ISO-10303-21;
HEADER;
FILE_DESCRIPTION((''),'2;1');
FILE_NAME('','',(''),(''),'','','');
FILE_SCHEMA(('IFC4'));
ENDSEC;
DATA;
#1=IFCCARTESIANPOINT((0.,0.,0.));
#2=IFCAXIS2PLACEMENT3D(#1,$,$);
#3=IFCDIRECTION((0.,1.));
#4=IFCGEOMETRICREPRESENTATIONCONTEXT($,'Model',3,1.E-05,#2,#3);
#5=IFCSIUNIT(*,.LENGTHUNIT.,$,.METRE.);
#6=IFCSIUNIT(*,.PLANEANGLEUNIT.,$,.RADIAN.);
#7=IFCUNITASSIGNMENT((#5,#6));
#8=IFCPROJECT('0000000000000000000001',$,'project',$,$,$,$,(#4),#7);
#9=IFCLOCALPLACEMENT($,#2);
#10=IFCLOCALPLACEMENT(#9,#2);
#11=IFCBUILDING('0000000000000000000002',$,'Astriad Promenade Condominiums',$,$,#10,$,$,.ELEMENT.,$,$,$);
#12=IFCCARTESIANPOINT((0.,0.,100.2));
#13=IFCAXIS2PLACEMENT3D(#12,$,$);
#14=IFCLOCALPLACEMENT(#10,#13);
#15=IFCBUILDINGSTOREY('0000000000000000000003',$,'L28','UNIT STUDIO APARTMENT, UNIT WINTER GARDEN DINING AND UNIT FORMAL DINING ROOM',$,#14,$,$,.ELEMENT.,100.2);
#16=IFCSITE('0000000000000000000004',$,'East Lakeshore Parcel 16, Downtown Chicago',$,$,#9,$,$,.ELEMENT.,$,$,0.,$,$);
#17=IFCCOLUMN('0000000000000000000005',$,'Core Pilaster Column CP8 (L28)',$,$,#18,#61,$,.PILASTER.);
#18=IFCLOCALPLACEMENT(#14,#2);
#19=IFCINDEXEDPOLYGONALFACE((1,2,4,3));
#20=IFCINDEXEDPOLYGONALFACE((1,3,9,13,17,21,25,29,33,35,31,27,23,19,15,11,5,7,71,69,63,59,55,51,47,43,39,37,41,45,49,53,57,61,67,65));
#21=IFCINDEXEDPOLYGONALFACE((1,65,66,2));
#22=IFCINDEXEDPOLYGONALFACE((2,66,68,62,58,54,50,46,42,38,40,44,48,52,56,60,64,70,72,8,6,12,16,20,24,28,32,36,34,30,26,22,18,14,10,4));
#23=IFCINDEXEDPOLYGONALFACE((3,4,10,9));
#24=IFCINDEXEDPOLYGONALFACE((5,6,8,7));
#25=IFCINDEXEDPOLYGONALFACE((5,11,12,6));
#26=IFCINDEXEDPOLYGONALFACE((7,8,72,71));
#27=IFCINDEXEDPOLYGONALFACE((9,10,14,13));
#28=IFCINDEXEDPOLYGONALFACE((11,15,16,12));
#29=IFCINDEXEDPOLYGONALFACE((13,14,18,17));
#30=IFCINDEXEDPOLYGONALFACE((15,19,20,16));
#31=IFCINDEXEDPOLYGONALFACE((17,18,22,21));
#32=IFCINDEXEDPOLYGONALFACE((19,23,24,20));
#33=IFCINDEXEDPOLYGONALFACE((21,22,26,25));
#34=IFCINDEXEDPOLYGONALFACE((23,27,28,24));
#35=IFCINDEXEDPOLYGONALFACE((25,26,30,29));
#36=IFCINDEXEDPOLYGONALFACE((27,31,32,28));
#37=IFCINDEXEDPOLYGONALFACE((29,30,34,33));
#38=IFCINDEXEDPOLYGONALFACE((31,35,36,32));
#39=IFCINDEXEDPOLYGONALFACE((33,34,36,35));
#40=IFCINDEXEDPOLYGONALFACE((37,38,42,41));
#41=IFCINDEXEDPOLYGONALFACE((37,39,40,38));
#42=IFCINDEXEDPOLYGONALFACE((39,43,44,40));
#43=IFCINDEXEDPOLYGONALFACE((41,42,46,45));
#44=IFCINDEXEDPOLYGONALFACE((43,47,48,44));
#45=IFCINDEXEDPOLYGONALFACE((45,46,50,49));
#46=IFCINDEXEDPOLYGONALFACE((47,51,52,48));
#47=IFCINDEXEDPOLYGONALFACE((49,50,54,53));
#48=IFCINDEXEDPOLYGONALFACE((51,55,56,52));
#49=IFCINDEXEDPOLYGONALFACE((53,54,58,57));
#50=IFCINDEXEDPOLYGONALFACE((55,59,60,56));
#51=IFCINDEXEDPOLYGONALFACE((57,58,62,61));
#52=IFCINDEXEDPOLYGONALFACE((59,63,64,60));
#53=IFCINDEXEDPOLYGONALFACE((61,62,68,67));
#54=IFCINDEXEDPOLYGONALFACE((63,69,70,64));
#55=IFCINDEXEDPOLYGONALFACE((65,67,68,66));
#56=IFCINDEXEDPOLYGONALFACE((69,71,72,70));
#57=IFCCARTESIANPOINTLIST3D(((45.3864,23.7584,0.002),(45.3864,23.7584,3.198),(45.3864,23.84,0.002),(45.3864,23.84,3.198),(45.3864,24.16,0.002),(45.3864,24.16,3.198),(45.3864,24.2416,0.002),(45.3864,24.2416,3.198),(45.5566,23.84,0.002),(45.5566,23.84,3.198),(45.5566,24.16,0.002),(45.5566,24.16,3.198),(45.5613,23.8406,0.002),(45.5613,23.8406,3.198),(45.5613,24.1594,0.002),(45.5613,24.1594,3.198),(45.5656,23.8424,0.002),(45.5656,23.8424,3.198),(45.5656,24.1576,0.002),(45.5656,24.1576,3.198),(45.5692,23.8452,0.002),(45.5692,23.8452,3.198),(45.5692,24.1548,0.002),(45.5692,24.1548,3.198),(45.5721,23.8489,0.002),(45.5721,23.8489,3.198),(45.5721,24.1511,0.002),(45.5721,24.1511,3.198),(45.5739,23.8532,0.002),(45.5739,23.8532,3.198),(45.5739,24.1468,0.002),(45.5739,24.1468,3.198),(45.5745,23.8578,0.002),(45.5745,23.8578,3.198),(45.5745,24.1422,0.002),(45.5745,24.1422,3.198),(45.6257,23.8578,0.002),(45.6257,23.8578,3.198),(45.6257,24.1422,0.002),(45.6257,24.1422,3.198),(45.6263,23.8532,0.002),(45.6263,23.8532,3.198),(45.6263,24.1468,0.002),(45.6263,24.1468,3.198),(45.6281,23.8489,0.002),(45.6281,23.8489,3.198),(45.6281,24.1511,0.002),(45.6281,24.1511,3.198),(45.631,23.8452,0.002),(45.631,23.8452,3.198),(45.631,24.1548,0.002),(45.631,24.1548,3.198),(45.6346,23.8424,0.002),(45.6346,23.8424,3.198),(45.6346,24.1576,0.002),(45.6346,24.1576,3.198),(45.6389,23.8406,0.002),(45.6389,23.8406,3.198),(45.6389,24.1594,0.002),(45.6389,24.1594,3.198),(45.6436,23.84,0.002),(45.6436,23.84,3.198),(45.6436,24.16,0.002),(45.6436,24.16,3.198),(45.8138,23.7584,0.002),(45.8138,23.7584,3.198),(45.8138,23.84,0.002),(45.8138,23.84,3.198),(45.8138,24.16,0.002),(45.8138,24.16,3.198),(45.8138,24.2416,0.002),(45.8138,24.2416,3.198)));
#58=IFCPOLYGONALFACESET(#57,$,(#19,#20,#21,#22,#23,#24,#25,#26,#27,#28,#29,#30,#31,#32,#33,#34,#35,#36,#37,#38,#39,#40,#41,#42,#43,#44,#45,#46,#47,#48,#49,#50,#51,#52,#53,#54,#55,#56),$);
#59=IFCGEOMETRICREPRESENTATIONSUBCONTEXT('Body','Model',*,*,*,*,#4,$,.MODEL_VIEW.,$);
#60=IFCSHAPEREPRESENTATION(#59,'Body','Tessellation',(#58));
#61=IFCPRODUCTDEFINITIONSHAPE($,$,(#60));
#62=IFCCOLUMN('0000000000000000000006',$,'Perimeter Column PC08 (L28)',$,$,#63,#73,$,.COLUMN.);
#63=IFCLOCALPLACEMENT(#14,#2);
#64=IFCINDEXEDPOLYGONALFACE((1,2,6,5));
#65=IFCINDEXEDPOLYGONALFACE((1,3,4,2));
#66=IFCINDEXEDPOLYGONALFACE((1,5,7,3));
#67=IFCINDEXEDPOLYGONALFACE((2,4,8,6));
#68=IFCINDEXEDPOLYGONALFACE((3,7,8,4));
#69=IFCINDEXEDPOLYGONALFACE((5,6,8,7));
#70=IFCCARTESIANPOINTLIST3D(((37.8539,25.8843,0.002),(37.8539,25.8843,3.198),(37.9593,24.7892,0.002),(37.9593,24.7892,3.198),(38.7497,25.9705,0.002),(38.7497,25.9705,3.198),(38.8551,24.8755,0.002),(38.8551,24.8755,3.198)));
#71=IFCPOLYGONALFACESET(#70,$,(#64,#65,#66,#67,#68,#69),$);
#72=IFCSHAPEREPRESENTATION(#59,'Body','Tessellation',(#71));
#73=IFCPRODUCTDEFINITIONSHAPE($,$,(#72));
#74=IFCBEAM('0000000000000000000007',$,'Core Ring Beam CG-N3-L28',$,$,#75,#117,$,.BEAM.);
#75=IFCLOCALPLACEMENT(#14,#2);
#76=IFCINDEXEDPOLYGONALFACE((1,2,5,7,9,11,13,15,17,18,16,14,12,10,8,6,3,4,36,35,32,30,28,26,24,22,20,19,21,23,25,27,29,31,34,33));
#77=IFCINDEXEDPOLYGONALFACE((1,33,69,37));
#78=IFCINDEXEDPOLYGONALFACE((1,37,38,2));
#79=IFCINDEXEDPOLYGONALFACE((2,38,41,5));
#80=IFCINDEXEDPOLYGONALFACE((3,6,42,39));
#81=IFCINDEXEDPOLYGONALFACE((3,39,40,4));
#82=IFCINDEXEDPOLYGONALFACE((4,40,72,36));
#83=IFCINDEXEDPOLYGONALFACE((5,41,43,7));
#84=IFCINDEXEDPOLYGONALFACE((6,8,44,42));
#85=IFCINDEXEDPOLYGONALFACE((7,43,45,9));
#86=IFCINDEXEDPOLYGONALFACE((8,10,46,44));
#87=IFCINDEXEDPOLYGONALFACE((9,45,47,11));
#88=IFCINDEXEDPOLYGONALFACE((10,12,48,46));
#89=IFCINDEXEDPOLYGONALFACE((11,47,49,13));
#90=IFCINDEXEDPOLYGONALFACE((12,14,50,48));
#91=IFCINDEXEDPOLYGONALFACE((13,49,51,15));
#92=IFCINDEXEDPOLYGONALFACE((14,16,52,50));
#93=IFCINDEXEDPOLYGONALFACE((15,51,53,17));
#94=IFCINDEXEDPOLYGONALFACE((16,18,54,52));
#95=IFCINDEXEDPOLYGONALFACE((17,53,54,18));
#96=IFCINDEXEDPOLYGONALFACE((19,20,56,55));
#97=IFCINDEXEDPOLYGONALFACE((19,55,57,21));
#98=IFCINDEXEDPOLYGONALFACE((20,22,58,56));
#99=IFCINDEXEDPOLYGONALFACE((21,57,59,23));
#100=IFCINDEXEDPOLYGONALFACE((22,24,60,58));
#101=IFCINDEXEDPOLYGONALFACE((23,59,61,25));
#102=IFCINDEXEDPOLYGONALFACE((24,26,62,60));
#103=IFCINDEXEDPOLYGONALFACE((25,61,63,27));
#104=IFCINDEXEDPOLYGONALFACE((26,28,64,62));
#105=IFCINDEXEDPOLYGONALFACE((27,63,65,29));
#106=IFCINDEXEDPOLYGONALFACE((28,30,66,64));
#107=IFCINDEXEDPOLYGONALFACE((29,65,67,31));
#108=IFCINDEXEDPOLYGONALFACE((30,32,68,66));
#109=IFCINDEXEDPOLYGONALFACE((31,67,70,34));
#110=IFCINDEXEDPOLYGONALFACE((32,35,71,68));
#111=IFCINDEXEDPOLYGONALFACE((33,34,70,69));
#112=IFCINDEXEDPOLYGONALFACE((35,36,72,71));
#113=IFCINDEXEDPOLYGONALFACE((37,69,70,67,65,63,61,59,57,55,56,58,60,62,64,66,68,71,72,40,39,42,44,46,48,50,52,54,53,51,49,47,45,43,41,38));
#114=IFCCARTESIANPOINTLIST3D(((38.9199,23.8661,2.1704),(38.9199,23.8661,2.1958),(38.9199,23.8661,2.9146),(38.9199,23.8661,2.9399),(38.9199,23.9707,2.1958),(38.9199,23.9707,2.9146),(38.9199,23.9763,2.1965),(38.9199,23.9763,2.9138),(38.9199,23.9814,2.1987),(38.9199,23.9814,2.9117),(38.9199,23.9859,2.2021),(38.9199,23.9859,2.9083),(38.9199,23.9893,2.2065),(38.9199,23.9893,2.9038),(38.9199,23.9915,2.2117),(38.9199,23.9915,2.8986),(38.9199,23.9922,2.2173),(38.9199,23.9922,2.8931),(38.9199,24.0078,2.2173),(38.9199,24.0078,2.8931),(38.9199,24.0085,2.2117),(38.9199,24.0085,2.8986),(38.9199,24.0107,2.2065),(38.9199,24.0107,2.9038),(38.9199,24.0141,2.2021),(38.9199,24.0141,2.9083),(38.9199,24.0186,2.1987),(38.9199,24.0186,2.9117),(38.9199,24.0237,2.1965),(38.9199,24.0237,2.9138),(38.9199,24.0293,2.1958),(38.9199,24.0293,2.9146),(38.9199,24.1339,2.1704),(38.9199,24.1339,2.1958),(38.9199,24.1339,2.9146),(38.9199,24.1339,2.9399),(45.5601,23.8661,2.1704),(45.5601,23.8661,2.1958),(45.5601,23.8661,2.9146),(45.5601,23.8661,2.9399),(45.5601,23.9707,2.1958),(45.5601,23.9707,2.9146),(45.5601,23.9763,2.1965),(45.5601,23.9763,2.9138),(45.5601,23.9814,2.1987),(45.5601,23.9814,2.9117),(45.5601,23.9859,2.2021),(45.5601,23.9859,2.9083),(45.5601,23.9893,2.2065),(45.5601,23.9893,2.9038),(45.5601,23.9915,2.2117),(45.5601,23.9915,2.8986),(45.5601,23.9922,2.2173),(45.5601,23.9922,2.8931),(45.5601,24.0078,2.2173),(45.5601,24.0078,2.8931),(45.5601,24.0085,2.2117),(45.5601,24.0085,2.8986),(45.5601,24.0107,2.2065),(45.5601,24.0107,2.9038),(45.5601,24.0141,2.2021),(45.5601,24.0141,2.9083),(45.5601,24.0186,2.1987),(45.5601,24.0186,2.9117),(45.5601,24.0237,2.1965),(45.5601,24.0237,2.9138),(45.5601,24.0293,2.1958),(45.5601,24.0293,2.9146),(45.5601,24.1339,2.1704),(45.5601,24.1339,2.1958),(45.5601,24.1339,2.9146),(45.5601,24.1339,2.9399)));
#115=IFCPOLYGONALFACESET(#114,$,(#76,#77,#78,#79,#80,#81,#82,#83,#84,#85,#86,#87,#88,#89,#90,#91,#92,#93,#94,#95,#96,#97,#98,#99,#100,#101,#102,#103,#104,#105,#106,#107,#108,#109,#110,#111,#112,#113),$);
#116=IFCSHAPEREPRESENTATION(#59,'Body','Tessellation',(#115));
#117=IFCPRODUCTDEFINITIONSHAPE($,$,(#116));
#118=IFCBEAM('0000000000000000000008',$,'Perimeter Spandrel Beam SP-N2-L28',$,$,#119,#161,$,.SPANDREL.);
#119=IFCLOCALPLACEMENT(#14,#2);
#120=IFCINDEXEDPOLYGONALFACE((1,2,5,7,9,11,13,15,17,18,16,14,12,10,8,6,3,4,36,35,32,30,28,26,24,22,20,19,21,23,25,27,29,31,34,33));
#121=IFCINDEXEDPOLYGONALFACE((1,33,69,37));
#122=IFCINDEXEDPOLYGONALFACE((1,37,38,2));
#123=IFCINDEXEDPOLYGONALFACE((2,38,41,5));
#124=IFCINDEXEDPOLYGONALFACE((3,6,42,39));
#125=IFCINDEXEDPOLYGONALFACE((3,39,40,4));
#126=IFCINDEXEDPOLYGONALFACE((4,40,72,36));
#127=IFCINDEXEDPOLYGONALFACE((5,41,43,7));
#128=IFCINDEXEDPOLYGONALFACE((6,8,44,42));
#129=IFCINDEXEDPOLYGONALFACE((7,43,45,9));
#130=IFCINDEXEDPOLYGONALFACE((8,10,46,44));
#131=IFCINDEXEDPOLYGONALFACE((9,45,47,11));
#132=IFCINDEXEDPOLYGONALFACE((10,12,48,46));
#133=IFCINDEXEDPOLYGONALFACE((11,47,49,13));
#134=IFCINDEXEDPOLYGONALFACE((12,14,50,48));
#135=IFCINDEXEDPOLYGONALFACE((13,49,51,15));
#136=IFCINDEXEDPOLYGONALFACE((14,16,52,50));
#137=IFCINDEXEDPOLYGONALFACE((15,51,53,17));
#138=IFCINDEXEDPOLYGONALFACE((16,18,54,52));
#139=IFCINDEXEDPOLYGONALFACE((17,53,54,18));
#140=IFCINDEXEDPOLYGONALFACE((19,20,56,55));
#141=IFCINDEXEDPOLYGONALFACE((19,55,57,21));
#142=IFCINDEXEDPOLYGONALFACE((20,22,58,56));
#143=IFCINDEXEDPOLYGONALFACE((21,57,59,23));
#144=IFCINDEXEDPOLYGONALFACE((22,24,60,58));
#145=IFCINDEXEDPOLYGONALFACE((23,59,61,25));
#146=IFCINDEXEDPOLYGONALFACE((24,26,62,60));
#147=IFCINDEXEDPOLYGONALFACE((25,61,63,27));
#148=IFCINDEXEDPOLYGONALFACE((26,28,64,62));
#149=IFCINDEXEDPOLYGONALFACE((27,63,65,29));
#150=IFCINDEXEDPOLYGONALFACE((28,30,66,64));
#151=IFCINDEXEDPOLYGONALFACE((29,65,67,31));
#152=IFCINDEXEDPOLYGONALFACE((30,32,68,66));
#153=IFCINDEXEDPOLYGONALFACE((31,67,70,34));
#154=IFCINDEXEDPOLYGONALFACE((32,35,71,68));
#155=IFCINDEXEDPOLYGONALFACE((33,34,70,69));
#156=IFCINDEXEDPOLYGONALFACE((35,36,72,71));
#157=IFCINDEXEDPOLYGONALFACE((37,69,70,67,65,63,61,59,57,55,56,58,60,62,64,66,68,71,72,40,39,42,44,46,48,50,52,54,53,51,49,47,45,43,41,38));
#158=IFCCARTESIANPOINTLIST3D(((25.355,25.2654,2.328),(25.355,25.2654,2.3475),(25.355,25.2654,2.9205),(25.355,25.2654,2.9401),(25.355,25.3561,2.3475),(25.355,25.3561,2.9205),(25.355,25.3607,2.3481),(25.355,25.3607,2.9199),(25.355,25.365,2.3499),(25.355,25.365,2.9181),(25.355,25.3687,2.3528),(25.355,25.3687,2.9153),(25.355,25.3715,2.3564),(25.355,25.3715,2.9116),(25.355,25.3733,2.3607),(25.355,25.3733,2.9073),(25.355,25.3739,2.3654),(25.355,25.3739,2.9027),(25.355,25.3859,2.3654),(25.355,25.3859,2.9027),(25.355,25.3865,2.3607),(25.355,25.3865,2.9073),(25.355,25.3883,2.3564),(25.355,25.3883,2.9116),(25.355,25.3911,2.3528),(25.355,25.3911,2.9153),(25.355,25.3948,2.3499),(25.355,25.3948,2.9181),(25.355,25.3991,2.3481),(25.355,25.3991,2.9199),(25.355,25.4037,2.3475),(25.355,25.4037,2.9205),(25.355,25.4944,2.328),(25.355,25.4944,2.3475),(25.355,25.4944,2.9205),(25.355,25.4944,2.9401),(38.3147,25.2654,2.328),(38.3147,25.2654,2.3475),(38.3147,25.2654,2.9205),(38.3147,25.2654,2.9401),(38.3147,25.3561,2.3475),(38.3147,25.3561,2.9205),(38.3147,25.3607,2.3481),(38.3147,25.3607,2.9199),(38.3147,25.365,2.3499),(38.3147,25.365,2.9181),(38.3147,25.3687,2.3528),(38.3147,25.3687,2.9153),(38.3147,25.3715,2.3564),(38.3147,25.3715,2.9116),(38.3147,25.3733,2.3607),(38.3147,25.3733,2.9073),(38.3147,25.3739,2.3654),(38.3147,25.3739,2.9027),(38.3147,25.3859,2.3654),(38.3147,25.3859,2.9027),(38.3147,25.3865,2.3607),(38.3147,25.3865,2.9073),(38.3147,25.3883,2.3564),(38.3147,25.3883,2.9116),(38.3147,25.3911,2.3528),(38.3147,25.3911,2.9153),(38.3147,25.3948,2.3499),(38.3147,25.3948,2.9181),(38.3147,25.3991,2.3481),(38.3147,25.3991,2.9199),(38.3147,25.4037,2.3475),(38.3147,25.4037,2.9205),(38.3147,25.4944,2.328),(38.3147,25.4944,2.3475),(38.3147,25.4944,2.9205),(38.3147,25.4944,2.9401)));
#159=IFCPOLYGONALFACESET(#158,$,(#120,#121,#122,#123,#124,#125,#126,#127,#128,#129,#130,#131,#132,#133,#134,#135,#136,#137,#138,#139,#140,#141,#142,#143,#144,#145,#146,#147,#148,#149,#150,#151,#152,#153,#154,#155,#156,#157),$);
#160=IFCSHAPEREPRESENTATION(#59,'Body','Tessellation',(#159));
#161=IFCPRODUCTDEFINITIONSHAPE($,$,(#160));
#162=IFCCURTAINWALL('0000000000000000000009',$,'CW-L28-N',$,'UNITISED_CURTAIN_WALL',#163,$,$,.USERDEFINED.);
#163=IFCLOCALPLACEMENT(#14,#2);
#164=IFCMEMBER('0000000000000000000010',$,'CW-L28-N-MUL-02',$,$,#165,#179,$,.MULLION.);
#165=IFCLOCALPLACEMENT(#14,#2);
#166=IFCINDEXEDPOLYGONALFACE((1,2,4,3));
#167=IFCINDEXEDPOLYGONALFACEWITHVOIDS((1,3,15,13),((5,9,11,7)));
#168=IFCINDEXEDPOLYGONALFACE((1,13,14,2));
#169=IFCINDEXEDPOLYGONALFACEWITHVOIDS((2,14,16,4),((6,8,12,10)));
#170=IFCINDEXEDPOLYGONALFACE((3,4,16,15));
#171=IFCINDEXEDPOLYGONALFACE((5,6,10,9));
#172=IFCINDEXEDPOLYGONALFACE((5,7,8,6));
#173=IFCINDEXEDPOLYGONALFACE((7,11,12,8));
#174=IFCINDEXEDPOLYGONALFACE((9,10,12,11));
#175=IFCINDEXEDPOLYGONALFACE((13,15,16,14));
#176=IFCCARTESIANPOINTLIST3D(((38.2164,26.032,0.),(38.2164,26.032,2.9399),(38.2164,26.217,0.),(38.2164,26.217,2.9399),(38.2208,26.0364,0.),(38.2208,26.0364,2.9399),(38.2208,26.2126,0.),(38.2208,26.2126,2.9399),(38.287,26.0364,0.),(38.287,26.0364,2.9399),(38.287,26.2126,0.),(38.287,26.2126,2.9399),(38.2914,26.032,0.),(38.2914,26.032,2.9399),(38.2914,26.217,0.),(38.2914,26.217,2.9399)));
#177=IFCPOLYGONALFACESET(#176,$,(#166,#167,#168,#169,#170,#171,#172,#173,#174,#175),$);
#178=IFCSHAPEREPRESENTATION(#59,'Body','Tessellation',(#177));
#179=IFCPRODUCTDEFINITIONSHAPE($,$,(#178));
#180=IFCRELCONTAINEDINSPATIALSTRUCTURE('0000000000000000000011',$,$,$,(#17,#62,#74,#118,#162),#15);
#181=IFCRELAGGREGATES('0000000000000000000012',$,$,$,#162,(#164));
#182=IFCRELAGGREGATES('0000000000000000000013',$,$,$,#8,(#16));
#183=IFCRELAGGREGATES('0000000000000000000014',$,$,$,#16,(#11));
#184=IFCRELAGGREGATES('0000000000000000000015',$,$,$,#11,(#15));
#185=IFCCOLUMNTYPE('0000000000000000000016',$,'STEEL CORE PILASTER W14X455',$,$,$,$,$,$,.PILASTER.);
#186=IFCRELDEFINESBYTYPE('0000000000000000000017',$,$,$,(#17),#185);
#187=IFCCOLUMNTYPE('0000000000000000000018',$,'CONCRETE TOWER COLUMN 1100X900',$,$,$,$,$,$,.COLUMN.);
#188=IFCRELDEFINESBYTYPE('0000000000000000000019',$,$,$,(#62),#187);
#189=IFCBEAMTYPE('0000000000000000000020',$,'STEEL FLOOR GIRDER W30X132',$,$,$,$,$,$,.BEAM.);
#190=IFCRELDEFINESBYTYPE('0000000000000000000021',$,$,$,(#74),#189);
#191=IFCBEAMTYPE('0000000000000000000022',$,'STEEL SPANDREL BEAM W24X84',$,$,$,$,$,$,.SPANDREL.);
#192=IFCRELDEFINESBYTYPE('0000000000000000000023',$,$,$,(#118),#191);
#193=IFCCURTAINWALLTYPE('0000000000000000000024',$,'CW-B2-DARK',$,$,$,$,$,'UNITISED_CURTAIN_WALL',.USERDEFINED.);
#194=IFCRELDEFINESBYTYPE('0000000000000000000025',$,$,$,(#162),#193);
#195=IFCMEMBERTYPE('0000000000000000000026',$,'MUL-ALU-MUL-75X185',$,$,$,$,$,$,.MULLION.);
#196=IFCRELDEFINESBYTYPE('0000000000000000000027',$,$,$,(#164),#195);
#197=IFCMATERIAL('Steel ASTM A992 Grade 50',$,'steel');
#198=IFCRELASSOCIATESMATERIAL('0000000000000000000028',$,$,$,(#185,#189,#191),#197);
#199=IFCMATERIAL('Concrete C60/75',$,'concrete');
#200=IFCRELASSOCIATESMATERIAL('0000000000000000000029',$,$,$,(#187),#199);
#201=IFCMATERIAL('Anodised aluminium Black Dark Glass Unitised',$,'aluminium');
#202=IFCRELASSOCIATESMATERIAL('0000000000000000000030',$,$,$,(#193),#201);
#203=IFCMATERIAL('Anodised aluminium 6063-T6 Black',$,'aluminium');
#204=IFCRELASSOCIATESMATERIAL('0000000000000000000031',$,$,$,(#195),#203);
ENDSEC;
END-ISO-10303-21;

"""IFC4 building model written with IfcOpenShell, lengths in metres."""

from ifc_helpers import new_model, si_unit, direction, frame, origin, origin_2d, place, context, subcontext, project, spatial, rectangle, hollow_rectangle, i_section, extrude, source, transform, mapped, material, material_profile, profile_set, type_object, type_shapes, element, aggregate, save


model = new_model("IFC4")

# Units and contexts
model_context = context("Model", 3, precision=1e-05, world=origin(), true_north=direction((0.0, 1.0)))
body_context = subcontext(model_context, "Body", "Model", "MODEL_VIEW")
ifc_project = project(units=[si_unit("LENGTHUNIT", "METRE"), si_unit("PLANEANGLEUNIT", "RADIAN")], contexts=[model_context])

# Site, building, storey
site_placement = place(None, origin())
site = spatial("IfcSite", under=ifc_project, at=site_placement, Name="East Lakeshore Parcel 16, Downtown Chicago", CompositionType="ELEMENT", RefElevation=0.0)
building_placement = place(site_placement, origin())
building = spatial("IfcBuilding", under=site, at=building_placement, Name="Astriad Promenade Condominiums", CompositionType="ELEMENT")
storey_placement = place(building_placement, frame((0.0, 0.0, 100.2)))
storey = spatial("IfcBuildingStorey", under=building, at=storey_placement, Name="L28", Description="UNIT STUDIO APARTMENT, UNIT WINTER GARDEN DINING AND UNIT FORMAL DINING ROOM", CompositionType="ELEMENT", Elevation=100.2)

# Columns
ifc_material_1 = material(Name="Steel ASTM A992 Grade 50", Category="steel")
ifc_material_profile_1 = material_profile(ifc_material_1, i_section(OverallWidth=0.4275, OverallDepth=0.4832, WebThickness=0.0513, FlangeThickness=0.0815, FilletRadius=0.0178, at=origin_2d()), Name="W14X455")
ifc_profile_set_1 = profile_set([ifc_material_profile_1], Name="Steel ASTM A992 Grade 50")
column_type_1 = type_object("IfcColumnType", Name="STEEL CORE PILASTER W14X455", PredefinedType="PILASTER", material=ifc_profile_set_1)
shared_shape_1 = source(origin(), body_context, "Body", "SweptSolid", [
    extrude(i_section(OverallWidth=0.4275, OverallDepth=0.4832, WebThickness=0.0513, FlangeThickness=0.0815, FilletRadius=0.0178, at=origin_2d()), origin(), (0.0, 0.0, 1.0), 3.196),
])
type_shapes(column_type_1, [shared_shape_1])
column_1_placement = place(storey_placement, frame((45.6001, 24.0, 0.002), z_axis=(0.0, 0.0, 1.0), x_axis=(1.0, 0.0, 0.0)))
element("IfcColumn", 1, at=column_1_placement, inside=storey, type_object=column_type_1, Name="Core Pilaster Column CP8 (L28)", PredefinedType="PILASTER", context=body_context, shape_type="MappedRepresentation", body=[
    mapped(shared_shape_1, transform((0.0, 0.0, 0.0), scale=1.0)),
])
ifc_material_2 = material(Name="Concrete C60/75", Category="concrete")
ifc_material_profile_2 = material_profile(ifc_material_2, rectangle(XDim=0.8999, YDim=1.1001, at=origin_2d()), Name="RC-COL-1100X900")
ifc_profile_set_2 = profile_set([ifc_material_profile_2], Name="Concrete C60/75")
column_type_2 = type_object("IfcColumnType", Name="CONCRETE TOWER COLUMN 1100X900", PredefinedType="COLUMN", material=ifc_profile_set_2)
shared_shape_2 = source(origin(), body_context, "Body", "SweptSolid", [
    extrude(rectangle(XDim=0.8999, YDim=1.1001, at=origin_2d()), origin(), (0.0, 0.0, 1.0), 3.196),
])
type_shapes(column_type_2, [shared_shape_2])
column_2_placement = place(storey_placement, frame((38.3545, 25.3799, 0.002), z_axis=(0.0, 0.0, 1.0), x_axis=(0.995396, 0.095846, 0.0)))
element("IfcColumn", 2, at=column_2_placement, inside=storey, type_object=column_type_2, Name="Perimeter Column PC08 (L28)", PredefinedType="COLUMN", context=body_context, shape_type="MappedRepresentation", body=[
    mapped(shared_shape_2, transform((0.0, 0.0, 0.0), scale=1.0)),
])

# Beams
ifc_material_profile_3 = material_profile(ifc_material_1, i_section(OverallWidth=0.2678, OverallDepth=0.7695, WebThickness=0.0156, FlangeThickness=0.0254, FilletRadius=0.0215, at=origin_2d()), Name="W30X132")
ifc_profile_set_3 = profile_set([ifc_material_profile_3], Name="Steel ASTM A992 Grade 50")
beam_type_1 = type_object("IfcBeamType", Name="STEEL FLOOR GIRDER W30X132", PredefinedType="BEAM", material=ifc_profile_set_3)
shared_shape_3 = source(origin(), body_context, "Body", "SweptSolid", [
    extrude(i_section(OverallWidth=0.2678, OverallDepth=0.7695, WebThickness=0.0156, FlangeThickness=0.0254, FilletRadius=0.0215, at=origin_2d()), origin(), (0.0, 0.0, 1.0), 6.6401),
])
type_shapes(beam_type_1, [shared_shape_3])
beam_1_placement = place(storey_placement, frame((38.9199, 24.0, 2.5552), z_axis=(1.0, 0.0, 0.0), x_axis=(0.0, 1.0, 0.0)))
element("IfcBeam", 3, at=beam_1_placement, inside=storey, type_object=beam_type_1, Name="Core Ring Beam CG-N3-L28", PredefinedType="BEAM", context=body_context, shape_type="MappedRepresentation", body=[
    mapped(shared_shape_3, transform((0.0, 0.0, 0.0), scale=1.0)),
])
ifc_material_profile_4 = material_profile(ifc_material_1, i_section(OverallWidth=0.229, OverallDepth=0.6121, WebThickness=0.012, FlangeThickness=0.0195, FilletRadius=0.0178, at=origin_2d()), Name="W24X84")
ifc_profile_set_4 = profile_set([ifc_material_profile_4], Name="Steel ASTM A992 Grade 50")
beam_type_2 = type_object("IfcBeamType", Name="STEEL SPANDREL BEAM W24X84", PredefinedType="SPANDREL", material=ifc_profile_set_4)
shared_shape_4 = source(origin(), body_context, "Body", "SweptSolid", [
    extrude(i_section(OverallWidth=0.229, OverallDepth=0.6121, WebThickness=0.012, FlangeThickness=0.0195, FilletRadius=0.0178, at=origin_2d()), origin(), (0.0, 0.0, 1.0), 12.9597),
])
type_shapes(beam_type_2, [shared_shape_4])
beam_2_placement = place(storey_placement, frame((38.3147, 25.3799, 2.634), z_axis=(-1.0, 0.0, 0.0), x_axis=(0.0, -1.0, 0.0)))
element("IfcBeam", 4, at=beam_2_placement, inside=storey, type_object=beam_type_2, Name="Perimeter Spandrel Beam SP-N2-L28", PredefinedType="SPANDREL", context=body_context, shape_type="MappedRepresentation", body=[
    mapped(shared_shape_4, transform((0.0, 0.0, 0.0), scale=1.0)),
])

# Curtain wall, member
ifc_material_3 = material(Name="Anodised aluminium Black Dark Glass Unitised", Category="aluminium")
curtain_wall_type = type_object("IfcCurtainWallType", Name="CW-B2-DARK", ElementType="UNITISED_CURTAIN_WALL", PredefinedType="USERDEFINED", material=ifc_material_3)
curtain_wall_placement = place(storey_placement, origin())
curtain_wall = element("IfcCurtainWall", 5, at=curtain_wall_placement, inside=storey, type_object=curtain_wall_type, Name="CW-L28-N", ObjectType="UNITISED_CURTAIN_WALL", PredefinedType="USERDEFINED")
ifc_material_4 = material(Name="Anodised aluminium 6063-T6 Black", Category="aluminium")
ifc_material_profile_5 = material_profile(ifc_material_4, hollow_rectangle(XDim=0.075, YDim=0.1851, WallThickness=0.0044, at=origin_2d()), Name="ALU-MUL-75X185")
ifc_profile_set_5 = profile_set([ifc_material_profile_5], Name="Anodised aluminium 6063-T6 Black")
member_type_1 = type_object("IfcMemberType", Name="MUL-ALU-MUL-75X185", PredefinedType="MULLION", material=ifc_profile_set_5)
shared_shape_5 = source(origin(), body_context, "Body", "SweptSolid", [
    extrude(hollow_rectangle(XDim=0.075, YDim=0.1851, WallThickness=0.0044, at=origin_2d()), origin(), (0.0, 0.0, 1.0), 2.9399),
])
type_shapes(member_type_1, [shared_shape_5])
member_1_placement = place(storey_placement, frame((38.2539, 26.1245, 0.0), z_axis=(0.0, 0.0, 1.0), x_axis=(1.0, 0.0, 0.0)))
member_1 = element("IfcMember", 6, at=member_1_placement, type_object=member_type_1, Name="CW-L28-N-MUL-02", PredefinedType="MULLION", context=body_context, shape_type="MappedRepresentation", body=[
    mapped(shared_shape_5, transform((0.0, 0.0, 0.0), scale=1.0)),
])
aggregate(curtain_wall, [member_1])

save(model, "model.ifc")
